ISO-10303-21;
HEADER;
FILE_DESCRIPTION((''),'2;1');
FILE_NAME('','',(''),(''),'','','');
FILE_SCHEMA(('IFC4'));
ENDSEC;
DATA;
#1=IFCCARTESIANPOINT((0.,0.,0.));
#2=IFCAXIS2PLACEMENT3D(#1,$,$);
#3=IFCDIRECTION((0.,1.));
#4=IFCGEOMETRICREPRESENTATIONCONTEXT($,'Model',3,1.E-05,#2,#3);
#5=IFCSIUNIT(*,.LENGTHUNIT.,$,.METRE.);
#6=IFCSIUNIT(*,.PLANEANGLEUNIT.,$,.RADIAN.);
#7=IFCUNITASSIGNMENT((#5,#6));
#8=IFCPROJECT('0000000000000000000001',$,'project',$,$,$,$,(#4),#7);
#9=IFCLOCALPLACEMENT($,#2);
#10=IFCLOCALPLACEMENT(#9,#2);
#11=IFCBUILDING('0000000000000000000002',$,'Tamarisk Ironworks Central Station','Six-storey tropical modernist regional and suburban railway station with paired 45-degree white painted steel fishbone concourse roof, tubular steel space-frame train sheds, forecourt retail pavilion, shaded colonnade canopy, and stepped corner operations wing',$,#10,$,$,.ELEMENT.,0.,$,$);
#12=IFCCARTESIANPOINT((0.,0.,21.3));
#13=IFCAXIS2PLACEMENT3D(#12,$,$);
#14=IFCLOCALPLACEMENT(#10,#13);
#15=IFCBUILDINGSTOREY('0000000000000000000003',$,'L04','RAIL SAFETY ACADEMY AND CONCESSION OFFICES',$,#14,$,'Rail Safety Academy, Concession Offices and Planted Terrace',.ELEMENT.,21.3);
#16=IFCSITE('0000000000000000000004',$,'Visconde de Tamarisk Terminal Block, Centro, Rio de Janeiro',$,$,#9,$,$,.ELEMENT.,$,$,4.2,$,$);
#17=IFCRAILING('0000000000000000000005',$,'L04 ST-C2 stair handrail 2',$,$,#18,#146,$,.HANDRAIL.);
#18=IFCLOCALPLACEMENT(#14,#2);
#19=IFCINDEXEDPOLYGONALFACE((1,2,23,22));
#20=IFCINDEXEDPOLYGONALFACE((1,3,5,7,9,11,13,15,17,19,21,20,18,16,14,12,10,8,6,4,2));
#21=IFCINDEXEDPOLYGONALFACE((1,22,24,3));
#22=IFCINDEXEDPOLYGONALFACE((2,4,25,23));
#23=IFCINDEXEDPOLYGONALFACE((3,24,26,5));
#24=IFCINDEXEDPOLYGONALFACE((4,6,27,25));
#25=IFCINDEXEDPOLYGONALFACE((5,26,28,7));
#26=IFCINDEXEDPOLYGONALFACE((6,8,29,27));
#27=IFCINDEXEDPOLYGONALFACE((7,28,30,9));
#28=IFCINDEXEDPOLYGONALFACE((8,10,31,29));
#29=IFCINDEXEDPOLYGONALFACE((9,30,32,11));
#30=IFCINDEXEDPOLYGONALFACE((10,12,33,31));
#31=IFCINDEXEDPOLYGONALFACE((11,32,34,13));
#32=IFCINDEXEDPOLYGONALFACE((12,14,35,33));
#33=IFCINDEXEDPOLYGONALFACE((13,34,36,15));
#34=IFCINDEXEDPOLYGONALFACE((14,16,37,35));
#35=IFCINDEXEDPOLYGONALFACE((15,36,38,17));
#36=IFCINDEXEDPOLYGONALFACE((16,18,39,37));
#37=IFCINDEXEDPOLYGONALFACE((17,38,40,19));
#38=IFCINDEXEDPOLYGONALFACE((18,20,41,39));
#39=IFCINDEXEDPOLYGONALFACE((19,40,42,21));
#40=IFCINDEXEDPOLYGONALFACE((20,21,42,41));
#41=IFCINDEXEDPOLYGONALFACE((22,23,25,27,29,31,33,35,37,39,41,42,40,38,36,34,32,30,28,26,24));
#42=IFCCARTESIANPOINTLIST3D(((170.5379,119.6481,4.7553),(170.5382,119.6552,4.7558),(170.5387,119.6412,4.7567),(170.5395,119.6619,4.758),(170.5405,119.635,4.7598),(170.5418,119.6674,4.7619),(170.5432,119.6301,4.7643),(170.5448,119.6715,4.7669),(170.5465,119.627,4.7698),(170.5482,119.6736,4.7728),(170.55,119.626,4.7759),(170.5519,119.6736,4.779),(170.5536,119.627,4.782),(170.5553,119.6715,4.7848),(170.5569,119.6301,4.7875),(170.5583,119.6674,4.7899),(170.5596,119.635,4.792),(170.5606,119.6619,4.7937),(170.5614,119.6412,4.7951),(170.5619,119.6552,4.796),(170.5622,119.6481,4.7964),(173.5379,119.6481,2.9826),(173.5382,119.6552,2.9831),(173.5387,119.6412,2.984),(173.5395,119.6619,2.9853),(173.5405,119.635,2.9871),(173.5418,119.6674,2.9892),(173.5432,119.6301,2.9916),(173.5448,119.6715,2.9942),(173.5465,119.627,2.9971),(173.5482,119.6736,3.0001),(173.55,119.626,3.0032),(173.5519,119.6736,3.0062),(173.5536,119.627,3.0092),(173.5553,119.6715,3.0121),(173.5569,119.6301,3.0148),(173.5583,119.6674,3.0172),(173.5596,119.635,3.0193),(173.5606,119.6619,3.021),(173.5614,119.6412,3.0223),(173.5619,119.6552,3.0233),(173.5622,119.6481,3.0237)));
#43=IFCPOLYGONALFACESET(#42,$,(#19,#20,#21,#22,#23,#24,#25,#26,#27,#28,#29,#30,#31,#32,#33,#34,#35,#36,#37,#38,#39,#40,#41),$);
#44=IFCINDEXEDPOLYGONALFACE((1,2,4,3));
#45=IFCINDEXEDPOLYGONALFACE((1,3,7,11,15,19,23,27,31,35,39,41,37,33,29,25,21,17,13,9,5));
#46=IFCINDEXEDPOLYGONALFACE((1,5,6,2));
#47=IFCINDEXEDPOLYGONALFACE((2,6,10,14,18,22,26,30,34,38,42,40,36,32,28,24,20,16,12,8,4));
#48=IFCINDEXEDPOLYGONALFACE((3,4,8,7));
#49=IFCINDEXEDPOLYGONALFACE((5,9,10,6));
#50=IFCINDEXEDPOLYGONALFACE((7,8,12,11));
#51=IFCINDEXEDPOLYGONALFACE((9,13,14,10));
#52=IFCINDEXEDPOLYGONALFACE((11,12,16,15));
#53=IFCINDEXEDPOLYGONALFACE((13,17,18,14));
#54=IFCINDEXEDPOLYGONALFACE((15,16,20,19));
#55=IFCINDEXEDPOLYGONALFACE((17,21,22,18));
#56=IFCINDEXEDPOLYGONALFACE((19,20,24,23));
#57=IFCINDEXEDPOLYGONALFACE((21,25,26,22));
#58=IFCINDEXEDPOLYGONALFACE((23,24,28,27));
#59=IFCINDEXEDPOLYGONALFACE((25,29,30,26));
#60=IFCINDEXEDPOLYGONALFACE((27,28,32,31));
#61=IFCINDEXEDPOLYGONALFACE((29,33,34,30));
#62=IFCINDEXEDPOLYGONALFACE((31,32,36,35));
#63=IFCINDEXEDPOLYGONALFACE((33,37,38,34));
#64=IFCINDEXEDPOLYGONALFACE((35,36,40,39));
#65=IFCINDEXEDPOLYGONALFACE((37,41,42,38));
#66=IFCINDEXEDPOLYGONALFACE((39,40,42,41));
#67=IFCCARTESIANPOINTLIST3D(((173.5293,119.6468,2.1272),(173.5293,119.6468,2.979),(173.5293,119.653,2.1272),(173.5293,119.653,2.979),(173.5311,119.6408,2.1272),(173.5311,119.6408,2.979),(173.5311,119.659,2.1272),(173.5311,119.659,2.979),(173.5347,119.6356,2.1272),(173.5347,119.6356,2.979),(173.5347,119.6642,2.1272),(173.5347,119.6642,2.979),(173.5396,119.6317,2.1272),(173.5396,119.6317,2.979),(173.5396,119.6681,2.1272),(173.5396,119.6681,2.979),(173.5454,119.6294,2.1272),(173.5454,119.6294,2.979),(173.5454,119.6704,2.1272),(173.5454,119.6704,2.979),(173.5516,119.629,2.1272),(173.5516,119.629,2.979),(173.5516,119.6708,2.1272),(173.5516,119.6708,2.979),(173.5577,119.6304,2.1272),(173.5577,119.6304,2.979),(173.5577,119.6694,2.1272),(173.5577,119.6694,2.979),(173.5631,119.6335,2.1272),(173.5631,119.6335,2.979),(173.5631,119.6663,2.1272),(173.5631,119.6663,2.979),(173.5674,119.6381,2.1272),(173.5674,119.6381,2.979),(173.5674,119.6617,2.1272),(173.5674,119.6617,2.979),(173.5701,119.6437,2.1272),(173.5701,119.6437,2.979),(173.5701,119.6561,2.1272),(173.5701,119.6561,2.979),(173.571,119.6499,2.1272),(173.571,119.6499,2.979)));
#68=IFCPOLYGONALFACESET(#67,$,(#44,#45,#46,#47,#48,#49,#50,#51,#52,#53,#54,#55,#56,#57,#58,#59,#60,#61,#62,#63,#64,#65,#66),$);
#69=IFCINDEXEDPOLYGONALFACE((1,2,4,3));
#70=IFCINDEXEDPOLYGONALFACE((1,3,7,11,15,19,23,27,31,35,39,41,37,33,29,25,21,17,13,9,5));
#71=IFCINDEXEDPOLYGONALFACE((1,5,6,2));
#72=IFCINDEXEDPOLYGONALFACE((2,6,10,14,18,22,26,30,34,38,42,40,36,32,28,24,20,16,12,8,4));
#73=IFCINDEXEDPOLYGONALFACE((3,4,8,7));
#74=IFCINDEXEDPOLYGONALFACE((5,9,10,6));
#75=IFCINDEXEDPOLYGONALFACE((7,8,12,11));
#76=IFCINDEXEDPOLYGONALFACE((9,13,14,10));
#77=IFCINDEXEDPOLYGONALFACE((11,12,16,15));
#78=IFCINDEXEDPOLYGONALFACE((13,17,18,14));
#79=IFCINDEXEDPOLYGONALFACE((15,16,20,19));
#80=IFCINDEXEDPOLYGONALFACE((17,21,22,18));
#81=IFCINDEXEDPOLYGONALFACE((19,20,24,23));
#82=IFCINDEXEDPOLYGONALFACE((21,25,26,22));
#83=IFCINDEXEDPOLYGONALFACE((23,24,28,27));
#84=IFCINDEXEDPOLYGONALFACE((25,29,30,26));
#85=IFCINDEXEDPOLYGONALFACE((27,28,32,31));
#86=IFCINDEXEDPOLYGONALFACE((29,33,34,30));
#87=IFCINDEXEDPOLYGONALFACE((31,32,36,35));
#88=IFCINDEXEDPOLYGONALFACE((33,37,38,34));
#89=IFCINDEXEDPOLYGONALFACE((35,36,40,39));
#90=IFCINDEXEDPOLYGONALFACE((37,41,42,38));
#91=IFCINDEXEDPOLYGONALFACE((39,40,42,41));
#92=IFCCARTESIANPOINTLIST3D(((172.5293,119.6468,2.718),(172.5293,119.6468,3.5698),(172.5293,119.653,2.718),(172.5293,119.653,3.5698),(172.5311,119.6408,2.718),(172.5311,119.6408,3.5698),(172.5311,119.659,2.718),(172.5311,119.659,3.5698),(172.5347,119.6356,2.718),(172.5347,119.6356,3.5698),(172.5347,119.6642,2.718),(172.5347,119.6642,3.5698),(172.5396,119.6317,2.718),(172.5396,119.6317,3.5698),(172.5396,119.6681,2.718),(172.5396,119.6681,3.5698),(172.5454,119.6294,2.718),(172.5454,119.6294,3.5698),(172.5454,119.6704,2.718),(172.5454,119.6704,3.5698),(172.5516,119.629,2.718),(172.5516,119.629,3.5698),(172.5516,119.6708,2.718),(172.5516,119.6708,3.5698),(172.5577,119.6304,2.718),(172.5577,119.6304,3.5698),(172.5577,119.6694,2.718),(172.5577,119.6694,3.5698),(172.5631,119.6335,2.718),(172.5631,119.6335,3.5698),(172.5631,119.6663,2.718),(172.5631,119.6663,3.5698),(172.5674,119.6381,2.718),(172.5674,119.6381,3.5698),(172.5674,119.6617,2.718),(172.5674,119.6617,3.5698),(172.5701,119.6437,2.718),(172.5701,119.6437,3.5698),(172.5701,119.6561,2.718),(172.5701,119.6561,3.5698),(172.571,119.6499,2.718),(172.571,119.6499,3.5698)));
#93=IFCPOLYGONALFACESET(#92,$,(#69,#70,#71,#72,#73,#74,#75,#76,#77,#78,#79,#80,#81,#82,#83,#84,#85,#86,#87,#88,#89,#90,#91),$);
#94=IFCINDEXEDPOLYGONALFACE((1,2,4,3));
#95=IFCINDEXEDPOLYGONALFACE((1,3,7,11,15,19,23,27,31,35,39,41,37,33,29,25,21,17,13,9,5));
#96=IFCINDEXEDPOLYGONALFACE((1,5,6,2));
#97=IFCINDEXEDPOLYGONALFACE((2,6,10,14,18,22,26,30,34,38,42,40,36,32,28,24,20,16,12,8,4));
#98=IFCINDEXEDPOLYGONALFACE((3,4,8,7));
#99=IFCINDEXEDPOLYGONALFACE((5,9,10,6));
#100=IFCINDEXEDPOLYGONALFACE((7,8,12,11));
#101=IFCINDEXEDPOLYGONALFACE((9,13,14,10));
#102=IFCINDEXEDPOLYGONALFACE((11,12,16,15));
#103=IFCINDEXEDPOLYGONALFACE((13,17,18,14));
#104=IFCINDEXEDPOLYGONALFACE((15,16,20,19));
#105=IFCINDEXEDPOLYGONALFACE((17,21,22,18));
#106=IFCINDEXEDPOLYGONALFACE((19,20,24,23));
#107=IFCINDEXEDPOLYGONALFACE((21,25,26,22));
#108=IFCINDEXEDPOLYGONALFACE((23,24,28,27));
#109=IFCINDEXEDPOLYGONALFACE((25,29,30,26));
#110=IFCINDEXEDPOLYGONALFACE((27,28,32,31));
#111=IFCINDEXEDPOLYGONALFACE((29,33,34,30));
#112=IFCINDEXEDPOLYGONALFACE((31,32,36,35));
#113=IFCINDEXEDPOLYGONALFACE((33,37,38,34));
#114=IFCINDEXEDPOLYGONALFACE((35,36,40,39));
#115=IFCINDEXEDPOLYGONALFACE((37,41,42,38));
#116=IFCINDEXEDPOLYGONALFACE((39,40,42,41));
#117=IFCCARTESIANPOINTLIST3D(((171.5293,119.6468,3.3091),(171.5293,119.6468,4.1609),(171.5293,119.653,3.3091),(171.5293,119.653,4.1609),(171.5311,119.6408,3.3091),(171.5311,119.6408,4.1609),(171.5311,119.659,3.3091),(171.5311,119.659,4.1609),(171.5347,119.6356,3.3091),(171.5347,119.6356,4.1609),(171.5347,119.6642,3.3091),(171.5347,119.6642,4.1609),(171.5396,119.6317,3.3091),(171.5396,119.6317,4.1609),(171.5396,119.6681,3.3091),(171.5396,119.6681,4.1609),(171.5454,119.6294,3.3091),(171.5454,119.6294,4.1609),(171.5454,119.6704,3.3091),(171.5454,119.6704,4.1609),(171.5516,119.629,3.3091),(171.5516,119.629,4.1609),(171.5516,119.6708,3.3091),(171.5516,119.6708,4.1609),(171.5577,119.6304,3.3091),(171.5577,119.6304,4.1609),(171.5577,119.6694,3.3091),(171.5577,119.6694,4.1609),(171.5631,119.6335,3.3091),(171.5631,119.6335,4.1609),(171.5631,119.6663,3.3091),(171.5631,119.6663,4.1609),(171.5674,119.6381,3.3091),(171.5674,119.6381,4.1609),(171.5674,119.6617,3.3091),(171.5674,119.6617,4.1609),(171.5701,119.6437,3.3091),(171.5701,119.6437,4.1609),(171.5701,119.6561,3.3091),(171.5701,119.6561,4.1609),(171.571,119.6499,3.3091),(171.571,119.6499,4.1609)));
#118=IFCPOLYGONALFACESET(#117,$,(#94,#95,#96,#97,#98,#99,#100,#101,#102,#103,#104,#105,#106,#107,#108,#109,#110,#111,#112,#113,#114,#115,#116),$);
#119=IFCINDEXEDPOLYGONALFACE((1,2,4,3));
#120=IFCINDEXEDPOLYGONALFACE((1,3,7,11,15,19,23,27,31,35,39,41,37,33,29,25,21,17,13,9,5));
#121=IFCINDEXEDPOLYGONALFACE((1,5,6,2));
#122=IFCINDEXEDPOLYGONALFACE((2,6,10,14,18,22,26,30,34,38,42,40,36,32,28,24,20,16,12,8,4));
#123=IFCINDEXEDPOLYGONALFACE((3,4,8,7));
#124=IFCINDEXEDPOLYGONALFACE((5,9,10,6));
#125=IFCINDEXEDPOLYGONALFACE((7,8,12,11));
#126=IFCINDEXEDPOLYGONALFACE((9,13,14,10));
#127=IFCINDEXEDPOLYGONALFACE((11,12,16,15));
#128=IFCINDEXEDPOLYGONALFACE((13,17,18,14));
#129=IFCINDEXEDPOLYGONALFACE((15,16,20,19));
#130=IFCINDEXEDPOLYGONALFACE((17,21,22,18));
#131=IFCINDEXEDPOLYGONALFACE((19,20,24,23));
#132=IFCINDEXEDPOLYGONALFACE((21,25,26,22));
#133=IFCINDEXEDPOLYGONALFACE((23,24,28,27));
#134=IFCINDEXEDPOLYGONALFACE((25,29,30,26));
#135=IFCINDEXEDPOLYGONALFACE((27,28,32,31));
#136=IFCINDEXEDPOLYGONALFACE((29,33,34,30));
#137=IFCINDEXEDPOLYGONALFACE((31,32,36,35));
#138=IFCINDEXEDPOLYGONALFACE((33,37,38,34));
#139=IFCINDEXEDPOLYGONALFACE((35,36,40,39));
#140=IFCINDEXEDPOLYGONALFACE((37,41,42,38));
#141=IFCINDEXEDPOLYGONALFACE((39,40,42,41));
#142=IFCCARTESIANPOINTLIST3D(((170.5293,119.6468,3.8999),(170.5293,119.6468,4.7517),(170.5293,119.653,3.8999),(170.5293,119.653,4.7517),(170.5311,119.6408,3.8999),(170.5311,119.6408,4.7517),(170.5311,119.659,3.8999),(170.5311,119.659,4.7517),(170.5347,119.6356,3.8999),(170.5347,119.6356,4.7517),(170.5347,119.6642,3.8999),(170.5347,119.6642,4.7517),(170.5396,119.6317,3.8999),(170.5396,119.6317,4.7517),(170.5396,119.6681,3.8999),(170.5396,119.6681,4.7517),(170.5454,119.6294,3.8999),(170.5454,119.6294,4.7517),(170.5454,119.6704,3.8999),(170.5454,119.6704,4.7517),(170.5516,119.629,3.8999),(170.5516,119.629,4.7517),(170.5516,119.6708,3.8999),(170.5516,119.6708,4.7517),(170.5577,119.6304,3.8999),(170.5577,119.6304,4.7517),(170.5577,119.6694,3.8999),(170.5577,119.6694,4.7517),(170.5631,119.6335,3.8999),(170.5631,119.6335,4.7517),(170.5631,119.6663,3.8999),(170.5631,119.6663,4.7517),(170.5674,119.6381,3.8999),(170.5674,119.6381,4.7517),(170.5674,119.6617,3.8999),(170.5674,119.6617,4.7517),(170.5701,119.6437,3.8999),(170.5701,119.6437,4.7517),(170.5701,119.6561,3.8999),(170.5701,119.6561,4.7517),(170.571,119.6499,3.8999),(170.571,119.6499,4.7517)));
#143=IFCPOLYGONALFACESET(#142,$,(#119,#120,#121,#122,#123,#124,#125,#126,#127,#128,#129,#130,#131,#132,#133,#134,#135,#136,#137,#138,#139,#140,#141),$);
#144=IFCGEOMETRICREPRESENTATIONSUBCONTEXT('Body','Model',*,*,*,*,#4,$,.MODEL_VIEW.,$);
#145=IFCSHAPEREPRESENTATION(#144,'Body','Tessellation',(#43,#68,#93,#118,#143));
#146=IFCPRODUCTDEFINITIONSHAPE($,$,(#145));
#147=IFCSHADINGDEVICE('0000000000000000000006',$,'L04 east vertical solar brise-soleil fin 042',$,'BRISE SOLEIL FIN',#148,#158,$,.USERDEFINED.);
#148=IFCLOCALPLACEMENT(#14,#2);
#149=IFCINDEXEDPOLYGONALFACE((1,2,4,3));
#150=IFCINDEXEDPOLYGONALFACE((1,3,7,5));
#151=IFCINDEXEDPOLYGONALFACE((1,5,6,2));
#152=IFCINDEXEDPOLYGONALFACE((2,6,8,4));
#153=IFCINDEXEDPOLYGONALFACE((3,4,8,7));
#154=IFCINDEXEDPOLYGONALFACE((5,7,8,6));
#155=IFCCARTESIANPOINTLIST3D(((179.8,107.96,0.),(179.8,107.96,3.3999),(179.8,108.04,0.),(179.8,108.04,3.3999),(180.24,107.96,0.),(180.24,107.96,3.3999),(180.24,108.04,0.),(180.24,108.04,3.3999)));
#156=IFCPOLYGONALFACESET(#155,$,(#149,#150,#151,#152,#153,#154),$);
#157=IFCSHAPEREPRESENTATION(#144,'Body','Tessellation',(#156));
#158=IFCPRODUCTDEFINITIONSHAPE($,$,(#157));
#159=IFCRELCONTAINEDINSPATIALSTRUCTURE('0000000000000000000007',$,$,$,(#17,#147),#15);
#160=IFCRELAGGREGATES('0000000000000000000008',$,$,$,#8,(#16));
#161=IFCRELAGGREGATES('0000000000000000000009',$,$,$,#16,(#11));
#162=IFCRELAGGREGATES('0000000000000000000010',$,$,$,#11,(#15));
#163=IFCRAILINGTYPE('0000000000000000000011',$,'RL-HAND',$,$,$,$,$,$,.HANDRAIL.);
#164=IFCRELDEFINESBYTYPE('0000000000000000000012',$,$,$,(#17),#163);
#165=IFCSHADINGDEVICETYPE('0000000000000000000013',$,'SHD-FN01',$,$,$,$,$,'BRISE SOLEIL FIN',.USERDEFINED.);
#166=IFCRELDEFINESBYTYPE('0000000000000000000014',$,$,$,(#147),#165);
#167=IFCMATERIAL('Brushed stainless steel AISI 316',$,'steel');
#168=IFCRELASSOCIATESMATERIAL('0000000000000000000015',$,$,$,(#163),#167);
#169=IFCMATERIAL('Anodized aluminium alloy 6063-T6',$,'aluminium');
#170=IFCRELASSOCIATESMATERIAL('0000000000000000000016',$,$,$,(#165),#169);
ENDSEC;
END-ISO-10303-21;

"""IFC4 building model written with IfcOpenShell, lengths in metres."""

from ifc_helpers import new_model, si_unit, direction, frame, origin, origin_2d, place, context, subcontext, project, spatial, rectangle, circle, extrude, material, type_object, element, save


model = new_model("IFC4")

# Units and contexts
model_context = context("Model", 3, precision=1e-05, world=origin(), true_north=direction((0.0, 1.0)))
body_context = subcontext(model_context, "Body", "Model", "MODEL_VIEW")
ifc_project = project(units=[si_unit("LENGTHUNIT", "METRE"), si_unit("PLANEANGLEUNIT", "RADIAN")], contexts=[model_context])

# Site, building, storey
site_placement = place(None, origin())
site = spatial("IfcSite", under=ifc_project, at=site_placement, Name="Visconde de Tamarisk Terminal Block, Centro, Rio de Janeiro", CompositionType="ELEMENT", RefElevation=4.2)
building_placement = place(site_placement, origin())
building = spatial("IfcBuilding", under=site, at=building_placement, Name="Tamarisk Ironworks Central Station", Description="Six-storey tropical modernist regional and suburban railway station with paired 45-degree white painted steel fishbone concourse roof, tubular steel space-frame train sheds, forecourt retail pavilion, shaded colonnade canopy, and stepped corner operations wing", CompositionType="ELEMENT", ElevationOfRefHeight=0.0)
storey_placement = place(building_placement, frame((0.0, 0.0, 21.3)))
storey = spatial("IfcBuildingStorey", under=building, at=storey_placement, Name="L04", Description="RAIL SAFETY ACADEMY AND CONCESSION OFFICES", LongName="Rail Safety Academy, Concession Offices and Planted Terrace", CompositionType="ELEMENT", Elevation=21.3)

# Shared definitions
ifc_material_1 = material(Name="Anodized aluminium alloy 6063-T6", Category="aluminium")

# Railing
ifc_material_2 = material(Name="Brushed stainless steel AISI 316", Category="steel")
railing_type_1 = type_object("IfcRailingType", Name="RL-HAND", PredefinedType="HANDRAIL", material=ifc_material_2)
railing_1_placement = place(storey_placement, frame((173.55, 119.6499, 2.1272)))
element("IfcRailing", 1, at=railing_1_placement, inside=storey, type_object=railing_type_1, Name="L04 ST-C2 stair handrail 2", PredefinedType="HANDRAIL", context=body_context, shape_type="SweptSolid", body=[
    extrude(circle(Radius=0.0239, at=origin_2d()), frame((0.0, 0.0, 0.876), z_axis=(-0.860929, 0.0, 0.508725), x_axis=(0.0, -1.0, 0.0)), (0.0, 0.0, 1.0), 3.4846),
    extrude(circle(Radius=0.021, at=origin_2d()), origin(), (0.0, 0.0, 1.0), 0.8518),
    extrude(circle(Radius=0.021, at=origin_2d()), frame((-1.0, 0.0, 0.5908)), (0.0, 0.0, 1.0), 0.8518),
    extrude(circle(Radius=0.021, at=origin_2d()), frame((-2.0, 0.0, 1.1819)), (0.0, 0.0, 1.0), 0.8518),
    extrude(circle(Radius=0.021, at=origin_2d()), frame((-3.0, 0.0, 1.7727)), (0.0, 0.0, 1.0), 0.8518),
])

# Shading device
shading_device_type = type_object("IfcShadingDeviceType", Name="SHD-FN01", ElementType="BRISE SOLEIL FIN", PredefinedType="USERDEFINED", material=ifc_material_1)
shading_device_placement = place(storey_placement, frame((180.02, 108.0, 0.0), z_axis=(0.0, 0.0, 1.0), x_axis=(1.0, 0.0, 0.0)))
element("IfcShadingDevice", 2, at=shading_device_placement, inside=storey, type_object=shading_device_type, Name="L04 east vertical solar brise-soleil fin 042", ObjectType="BRISE SOLEIL FIN", PredefinedType="USERDEFINED", context=body_context, shape_type="SweptSolid", body=[
    extrude(rectangle(XDim=0.4399, YDim=0.0801, at=origin_2d()), origin(), (0.0, 0.0, 1.0), 3.3999),
])

save(model, "model.ifc")
